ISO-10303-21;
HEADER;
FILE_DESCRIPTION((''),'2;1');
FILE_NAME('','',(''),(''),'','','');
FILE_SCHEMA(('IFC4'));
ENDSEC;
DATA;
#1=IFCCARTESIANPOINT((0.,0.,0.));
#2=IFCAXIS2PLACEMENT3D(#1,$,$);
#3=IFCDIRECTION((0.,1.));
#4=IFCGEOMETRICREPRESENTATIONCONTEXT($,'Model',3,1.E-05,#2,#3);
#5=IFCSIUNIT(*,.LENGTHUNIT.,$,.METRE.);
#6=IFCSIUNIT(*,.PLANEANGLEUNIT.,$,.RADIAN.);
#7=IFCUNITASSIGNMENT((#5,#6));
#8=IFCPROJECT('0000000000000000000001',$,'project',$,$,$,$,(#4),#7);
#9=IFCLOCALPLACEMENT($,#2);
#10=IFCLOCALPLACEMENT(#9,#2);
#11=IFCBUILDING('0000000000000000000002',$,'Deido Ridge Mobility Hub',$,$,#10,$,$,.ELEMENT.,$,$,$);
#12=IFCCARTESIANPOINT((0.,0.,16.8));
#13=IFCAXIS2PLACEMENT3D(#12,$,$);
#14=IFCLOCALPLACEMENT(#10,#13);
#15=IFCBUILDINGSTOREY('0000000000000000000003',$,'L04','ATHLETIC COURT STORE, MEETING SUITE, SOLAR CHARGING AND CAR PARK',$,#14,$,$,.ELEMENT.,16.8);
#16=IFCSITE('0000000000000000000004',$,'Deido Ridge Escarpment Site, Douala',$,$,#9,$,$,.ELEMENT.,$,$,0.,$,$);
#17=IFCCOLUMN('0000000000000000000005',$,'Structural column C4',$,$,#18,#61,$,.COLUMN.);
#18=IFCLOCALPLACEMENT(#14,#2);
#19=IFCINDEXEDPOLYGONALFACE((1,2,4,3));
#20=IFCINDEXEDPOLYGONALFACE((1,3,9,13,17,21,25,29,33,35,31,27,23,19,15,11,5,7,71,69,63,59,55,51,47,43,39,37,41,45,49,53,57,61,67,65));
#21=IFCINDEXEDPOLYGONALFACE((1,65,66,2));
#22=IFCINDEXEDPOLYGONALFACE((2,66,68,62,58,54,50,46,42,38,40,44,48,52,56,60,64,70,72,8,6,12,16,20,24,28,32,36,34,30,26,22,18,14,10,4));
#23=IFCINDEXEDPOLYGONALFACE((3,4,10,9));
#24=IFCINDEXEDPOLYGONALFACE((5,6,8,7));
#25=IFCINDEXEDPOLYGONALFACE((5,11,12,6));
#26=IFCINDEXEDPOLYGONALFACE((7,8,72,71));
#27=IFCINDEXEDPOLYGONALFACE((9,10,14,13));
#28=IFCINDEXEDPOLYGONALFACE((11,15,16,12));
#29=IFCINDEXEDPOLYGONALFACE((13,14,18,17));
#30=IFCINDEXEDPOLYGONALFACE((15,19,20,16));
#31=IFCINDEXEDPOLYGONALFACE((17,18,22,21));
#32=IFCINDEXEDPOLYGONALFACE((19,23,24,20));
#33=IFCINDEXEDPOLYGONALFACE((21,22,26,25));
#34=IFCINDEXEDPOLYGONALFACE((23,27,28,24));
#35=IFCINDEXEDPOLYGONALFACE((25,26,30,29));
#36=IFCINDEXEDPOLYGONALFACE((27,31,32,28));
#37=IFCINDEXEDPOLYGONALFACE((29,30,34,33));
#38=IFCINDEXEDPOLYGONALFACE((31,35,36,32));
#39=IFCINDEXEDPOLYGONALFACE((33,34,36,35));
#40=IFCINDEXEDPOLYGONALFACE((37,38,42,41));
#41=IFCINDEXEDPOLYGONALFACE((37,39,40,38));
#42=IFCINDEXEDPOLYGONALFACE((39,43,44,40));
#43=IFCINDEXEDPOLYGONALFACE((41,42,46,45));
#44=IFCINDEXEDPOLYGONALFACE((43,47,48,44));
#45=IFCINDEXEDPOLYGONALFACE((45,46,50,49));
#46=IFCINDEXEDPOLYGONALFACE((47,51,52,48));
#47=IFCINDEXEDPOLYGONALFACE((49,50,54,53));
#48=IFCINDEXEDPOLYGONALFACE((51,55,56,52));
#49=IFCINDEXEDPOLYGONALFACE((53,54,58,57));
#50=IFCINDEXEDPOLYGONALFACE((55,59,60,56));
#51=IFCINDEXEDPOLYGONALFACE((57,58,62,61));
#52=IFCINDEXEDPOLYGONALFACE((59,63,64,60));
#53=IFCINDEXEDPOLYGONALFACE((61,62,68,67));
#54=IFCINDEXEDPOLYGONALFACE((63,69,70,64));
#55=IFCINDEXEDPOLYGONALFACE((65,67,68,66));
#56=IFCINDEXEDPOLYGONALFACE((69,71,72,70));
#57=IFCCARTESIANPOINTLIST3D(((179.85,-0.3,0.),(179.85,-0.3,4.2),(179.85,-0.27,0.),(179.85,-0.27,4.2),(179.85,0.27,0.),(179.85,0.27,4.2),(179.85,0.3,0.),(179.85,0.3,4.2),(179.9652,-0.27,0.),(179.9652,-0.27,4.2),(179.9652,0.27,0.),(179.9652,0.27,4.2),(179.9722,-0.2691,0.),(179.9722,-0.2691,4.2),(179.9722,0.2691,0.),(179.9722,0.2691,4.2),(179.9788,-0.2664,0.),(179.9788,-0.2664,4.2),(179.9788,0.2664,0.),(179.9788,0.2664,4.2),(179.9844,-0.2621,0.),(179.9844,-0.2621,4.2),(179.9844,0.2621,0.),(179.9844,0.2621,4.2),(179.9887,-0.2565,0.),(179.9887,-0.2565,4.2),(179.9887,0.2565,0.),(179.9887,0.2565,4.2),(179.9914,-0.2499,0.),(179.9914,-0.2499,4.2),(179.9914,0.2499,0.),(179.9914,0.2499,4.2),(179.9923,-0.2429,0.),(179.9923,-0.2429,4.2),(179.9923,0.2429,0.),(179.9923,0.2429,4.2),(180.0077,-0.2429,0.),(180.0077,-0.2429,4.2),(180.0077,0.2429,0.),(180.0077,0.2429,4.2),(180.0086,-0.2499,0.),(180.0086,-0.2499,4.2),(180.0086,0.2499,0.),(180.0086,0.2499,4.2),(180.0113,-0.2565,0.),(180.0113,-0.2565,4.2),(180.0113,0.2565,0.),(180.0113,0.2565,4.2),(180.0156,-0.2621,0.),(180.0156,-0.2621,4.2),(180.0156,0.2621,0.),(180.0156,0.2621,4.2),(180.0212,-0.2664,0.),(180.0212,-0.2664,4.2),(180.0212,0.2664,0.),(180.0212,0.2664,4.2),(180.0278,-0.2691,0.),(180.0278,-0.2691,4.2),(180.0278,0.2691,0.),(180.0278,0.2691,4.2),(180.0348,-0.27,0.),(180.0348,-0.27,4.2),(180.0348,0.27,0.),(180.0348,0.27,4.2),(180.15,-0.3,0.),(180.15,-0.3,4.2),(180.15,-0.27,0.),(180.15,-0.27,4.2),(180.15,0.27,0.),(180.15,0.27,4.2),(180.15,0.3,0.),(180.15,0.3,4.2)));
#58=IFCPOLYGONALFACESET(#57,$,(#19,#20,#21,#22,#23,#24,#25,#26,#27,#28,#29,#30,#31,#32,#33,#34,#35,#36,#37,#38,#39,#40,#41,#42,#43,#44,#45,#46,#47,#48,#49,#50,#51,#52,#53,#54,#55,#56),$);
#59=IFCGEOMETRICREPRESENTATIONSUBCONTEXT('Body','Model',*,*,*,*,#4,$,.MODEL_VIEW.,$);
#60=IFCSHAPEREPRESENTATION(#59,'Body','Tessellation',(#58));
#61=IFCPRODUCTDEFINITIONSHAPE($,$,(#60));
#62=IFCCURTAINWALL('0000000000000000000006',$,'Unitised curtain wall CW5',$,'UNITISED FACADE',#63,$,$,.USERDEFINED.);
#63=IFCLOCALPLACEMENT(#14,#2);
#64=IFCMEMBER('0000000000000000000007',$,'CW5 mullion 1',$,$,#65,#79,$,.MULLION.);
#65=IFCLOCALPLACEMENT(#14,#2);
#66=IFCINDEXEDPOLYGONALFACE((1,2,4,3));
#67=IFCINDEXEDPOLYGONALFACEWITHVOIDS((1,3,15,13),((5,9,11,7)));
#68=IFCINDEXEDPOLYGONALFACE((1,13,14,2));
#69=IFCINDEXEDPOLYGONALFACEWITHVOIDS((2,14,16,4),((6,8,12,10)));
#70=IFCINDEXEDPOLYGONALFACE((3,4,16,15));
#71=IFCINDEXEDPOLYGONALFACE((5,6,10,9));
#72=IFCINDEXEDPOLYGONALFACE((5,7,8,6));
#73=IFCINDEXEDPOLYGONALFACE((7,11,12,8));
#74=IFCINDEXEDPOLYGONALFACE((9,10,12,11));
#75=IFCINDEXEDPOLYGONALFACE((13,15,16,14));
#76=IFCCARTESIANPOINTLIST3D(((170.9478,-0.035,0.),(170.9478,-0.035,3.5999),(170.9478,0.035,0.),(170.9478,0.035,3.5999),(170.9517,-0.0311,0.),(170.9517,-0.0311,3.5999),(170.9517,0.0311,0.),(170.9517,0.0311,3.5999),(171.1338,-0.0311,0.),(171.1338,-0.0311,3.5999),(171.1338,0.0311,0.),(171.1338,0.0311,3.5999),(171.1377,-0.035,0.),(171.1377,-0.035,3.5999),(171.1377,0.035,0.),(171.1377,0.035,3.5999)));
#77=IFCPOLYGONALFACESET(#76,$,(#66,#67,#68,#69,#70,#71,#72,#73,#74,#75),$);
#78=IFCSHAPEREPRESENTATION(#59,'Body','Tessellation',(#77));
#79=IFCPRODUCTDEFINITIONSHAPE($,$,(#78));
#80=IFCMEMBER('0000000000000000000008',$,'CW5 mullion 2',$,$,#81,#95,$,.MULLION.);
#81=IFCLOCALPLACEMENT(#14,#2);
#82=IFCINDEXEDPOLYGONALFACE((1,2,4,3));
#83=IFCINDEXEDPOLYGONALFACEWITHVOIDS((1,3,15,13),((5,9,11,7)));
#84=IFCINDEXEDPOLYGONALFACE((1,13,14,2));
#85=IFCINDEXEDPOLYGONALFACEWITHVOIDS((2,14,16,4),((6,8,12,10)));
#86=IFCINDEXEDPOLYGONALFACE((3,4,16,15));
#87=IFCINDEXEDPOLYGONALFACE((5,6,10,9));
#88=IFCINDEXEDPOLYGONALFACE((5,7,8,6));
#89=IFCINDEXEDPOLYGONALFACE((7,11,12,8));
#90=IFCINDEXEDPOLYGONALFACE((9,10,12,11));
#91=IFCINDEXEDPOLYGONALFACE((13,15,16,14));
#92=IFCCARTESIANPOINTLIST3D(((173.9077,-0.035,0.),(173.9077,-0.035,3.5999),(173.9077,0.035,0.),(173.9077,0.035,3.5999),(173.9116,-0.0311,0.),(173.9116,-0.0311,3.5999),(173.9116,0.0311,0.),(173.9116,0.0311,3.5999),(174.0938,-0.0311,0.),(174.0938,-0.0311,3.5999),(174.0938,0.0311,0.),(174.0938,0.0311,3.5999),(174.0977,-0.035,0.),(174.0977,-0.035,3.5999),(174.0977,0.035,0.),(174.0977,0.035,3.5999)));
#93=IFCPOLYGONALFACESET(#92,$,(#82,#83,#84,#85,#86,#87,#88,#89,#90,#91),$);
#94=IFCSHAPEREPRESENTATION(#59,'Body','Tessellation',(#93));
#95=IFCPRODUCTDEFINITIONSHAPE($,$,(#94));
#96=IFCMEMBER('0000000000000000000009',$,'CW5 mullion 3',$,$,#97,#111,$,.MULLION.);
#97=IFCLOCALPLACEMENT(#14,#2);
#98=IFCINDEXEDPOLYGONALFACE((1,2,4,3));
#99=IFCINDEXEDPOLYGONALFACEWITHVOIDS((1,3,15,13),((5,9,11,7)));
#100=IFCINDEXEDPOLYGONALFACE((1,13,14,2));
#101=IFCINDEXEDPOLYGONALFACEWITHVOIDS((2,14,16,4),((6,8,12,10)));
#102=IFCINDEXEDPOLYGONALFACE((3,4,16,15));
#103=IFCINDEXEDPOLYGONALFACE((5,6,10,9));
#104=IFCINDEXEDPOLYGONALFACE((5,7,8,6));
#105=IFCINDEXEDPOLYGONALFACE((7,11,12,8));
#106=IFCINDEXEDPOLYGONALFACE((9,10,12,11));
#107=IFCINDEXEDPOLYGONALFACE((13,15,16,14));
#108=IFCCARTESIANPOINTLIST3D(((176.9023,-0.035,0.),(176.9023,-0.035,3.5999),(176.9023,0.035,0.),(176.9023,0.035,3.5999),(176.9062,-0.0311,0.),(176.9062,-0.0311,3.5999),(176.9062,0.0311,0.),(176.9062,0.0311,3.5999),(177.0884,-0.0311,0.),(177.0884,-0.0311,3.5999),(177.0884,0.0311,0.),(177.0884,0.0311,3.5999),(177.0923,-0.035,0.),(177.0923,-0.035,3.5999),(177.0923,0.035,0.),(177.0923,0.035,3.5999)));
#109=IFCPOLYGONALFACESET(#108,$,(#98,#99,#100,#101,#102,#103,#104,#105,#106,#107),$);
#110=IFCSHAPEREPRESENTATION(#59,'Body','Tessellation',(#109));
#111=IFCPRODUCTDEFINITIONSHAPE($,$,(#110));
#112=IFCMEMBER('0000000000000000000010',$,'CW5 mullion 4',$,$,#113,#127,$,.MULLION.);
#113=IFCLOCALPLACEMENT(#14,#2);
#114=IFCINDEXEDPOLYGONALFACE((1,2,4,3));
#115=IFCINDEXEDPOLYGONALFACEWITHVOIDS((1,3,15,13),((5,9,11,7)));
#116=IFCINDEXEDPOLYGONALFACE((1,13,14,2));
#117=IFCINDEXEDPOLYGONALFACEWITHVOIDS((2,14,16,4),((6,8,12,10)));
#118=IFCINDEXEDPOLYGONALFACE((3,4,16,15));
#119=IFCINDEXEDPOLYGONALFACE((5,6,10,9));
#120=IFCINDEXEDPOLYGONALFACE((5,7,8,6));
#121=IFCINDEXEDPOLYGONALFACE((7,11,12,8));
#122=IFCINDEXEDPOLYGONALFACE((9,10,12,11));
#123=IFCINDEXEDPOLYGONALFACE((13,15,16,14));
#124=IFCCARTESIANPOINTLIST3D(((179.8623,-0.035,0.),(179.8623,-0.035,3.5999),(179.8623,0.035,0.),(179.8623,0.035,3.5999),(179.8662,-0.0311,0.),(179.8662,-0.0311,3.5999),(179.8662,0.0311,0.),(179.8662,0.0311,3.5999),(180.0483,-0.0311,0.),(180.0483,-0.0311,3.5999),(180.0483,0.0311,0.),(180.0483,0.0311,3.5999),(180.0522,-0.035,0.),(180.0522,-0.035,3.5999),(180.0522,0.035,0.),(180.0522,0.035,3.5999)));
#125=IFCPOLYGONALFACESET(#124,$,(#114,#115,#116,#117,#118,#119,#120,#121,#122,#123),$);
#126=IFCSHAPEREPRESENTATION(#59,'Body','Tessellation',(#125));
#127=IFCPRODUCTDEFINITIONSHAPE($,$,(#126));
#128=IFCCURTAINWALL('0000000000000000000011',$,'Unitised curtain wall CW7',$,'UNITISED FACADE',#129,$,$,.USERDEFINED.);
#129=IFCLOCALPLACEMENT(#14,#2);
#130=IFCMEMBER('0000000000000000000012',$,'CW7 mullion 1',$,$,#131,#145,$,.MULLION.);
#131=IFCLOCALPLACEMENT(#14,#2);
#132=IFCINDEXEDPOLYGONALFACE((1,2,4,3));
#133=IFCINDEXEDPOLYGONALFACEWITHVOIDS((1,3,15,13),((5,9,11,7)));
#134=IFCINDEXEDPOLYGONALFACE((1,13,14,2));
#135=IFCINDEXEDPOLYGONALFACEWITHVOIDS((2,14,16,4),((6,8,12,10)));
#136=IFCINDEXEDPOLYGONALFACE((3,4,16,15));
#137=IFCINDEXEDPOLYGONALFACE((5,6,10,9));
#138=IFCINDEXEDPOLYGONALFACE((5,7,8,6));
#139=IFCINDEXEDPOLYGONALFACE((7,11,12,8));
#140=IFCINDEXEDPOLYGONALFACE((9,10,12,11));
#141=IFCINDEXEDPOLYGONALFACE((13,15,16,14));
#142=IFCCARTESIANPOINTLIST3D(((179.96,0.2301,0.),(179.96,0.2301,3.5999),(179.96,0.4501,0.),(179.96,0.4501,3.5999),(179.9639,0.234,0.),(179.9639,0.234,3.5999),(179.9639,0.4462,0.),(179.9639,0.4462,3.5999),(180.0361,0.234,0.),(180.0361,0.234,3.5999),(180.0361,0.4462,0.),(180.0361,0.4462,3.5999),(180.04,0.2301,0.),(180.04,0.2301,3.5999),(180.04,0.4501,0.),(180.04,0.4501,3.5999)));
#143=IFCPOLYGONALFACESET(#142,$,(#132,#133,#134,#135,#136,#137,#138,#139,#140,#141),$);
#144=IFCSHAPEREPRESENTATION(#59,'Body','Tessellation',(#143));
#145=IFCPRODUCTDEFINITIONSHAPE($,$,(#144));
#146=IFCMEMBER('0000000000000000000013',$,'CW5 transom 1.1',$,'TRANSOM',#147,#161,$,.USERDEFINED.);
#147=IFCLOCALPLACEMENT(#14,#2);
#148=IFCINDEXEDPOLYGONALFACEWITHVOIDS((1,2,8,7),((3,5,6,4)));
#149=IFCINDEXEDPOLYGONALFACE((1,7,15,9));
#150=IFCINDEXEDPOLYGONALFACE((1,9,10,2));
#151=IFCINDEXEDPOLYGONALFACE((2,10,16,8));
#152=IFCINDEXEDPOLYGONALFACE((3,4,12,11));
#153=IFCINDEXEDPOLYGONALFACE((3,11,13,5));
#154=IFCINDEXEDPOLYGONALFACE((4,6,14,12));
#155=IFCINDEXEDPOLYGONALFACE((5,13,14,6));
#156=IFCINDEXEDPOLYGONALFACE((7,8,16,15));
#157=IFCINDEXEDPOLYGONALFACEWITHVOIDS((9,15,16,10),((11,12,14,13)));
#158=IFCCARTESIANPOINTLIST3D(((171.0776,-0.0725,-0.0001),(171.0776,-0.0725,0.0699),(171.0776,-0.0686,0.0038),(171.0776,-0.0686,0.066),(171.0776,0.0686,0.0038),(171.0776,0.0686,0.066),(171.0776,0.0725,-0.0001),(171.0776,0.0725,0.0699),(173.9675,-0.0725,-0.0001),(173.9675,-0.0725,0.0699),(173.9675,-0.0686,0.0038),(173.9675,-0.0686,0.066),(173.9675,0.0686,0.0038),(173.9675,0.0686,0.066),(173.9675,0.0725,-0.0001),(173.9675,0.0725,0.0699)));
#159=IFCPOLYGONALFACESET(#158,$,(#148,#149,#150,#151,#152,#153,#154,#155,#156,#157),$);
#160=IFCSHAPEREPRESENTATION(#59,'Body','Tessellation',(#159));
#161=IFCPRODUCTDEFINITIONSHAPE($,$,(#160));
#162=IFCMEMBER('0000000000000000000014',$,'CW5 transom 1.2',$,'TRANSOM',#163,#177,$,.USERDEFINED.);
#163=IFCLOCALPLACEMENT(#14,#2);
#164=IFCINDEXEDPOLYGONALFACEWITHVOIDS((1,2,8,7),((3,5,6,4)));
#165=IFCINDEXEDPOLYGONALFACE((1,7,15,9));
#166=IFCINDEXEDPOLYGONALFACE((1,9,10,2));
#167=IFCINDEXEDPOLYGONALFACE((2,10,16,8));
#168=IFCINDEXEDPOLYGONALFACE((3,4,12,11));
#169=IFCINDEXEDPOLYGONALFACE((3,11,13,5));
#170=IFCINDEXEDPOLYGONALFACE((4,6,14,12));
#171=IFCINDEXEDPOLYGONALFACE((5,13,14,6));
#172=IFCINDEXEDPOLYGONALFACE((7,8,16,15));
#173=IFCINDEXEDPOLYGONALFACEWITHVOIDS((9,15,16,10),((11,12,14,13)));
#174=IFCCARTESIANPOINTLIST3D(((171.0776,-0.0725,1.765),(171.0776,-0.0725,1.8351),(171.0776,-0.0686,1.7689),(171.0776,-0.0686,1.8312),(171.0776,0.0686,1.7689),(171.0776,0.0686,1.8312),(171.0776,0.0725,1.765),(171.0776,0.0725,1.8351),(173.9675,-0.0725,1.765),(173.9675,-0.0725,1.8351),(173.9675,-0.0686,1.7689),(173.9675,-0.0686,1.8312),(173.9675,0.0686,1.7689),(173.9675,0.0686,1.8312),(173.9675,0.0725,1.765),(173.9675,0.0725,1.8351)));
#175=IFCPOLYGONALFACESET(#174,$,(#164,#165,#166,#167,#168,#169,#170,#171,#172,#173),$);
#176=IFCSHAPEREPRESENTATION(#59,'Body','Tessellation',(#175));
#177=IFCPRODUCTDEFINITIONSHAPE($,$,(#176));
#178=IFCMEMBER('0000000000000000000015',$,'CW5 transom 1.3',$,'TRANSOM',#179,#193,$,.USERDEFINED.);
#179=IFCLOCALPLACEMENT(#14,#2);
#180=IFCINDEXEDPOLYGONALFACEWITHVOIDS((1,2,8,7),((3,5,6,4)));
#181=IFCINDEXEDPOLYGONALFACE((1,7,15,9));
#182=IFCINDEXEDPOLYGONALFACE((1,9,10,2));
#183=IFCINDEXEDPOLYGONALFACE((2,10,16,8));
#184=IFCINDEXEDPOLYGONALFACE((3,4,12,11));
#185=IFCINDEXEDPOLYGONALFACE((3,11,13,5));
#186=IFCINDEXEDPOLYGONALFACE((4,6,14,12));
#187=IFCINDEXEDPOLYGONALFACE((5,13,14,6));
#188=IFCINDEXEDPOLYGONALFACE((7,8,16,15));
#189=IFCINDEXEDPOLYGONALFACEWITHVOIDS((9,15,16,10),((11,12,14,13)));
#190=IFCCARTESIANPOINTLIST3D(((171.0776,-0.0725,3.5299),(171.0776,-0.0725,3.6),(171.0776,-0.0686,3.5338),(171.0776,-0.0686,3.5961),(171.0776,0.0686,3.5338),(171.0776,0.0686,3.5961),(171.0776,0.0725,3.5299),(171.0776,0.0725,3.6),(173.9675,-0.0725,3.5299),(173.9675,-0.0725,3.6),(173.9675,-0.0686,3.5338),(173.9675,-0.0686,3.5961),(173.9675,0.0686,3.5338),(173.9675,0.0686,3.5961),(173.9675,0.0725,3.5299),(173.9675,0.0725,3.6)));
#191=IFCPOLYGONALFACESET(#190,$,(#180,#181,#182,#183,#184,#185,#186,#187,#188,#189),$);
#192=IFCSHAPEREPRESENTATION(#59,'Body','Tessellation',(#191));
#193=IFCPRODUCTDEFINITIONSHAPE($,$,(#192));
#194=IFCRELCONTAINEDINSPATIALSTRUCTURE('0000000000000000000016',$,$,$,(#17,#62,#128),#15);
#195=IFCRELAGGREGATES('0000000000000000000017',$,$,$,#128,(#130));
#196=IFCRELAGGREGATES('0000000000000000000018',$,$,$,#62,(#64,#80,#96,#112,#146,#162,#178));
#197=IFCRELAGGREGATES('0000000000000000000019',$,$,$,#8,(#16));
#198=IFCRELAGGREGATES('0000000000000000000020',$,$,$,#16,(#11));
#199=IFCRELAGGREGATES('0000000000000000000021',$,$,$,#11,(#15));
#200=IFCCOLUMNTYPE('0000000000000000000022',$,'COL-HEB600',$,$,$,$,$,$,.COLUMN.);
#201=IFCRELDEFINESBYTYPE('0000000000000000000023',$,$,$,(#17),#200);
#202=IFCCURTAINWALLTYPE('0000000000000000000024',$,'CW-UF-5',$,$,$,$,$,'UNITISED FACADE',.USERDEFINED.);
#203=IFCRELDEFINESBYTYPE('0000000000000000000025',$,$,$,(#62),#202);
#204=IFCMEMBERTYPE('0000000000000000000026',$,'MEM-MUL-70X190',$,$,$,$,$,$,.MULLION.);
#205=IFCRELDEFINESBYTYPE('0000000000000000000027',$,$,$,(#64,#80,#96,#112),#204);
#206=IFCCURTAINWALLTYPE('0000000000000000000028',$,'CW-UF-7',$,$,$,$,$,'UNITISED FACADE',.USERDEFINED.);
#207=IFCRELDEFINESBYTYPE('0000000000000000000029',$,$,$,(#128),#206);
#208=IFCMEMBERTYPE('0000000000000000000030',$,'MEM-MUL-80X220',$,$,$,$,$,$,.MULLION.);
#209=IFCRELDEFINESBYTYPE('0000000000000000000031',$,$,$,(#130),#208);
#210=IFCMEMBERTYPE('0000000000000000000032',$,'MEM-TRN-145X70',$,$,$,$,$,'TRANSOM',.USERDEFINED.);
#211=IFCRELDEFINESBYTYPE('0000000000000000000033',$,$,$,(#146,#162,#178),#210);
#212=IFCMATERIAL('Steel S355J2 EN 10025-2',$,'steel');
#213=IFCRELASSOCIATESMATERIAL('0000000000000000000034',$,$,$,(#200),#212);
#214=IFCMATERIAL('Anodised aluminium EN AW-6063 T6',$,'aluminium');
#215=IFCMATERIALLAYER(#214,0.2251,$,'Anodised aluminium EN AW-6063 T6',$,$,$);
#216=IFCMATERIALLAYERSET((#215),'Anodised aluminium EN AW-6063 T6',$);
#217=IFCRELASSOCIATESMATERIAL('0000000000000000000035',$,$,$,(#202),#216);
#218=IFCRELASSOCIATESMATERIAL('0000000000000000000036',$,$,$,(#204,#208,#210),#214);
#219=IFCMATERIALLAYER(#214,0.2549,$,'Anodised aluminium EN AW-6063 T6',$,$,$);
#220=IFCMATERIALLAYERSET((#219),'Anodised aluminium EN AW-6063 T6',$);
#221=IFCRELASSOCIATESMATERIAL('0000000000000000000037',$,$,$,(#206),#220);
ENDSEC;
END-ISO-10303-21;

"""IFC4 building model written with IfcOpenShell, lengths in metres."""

from ifc_helpers import new_model, si_unit, direction, frame, origin, origin_2d, place, context, subcontext, project, spatial, hollow_rectangle, i_section, extrude, material, layer, layer_set, material_profile, profile_set, type_object, element, aggregate, save


model = new_model("IFC4")

# Units and contexts
model_context = context("Model", 3, precision=1e-05, world=origin(), true_north=direction((0.0, 1.0)))
body_context = subcontext(model_context, "Body", "Model", "MODEL_VIEW")
ifc_project = project(units=[si_unit("LENGTHUNIT", "METRE"), si_unit("PLANEANGLEUNIT", "RADIAN")], contexts=[model_context])

# Site, building, storey
site_placement = place(None, origin())
site = spatial("IfcSite", under=ifc_project, at=site_placement, Name="Deido Ridge Escarpment Site, Douala", CompositionType="ELEMENT", RefElevation=0.0)
building_placement = place(site_placement, origin())
building = spatial("IfcBuilding", under=site, at=building_placement, Name="Deido Ridge Mobility Hub", CompositionType="ELEMENT")
storey_placement = place(building_placement, frame((0.0, 0.0, 16.8)))
storey = spatial("IfcBuildingStorey", under=building, at=storey_placement, Name="L04", Description="ATHLETIC COURT STORE, MEETING SUITE, SOLAR CHARGING AND CAR PARK", CompositionType="ELEMENT", Elevation=16.8)

# Column
ifc_material_1 = material(Name="Steel S355J2 EN 10025-2", Category="steel")
ifc_material_profile_1 = material_profile(ifc_material_1, i_section(OverallWidth=0.3, OverallDepth=0.6001, WebThickness=0.0154, FlangeThickness=0.03, FilletRadius=0.0271, at=origin_2d()), Name="HEB 600")
ifc_profile_set_1 = profile_set([ifc_material_profile_1], Name="Steel S355J2 EN 10025-2")
column_type = type_object("IfcColumnType", Name="COL-HEB600", PredefinedType="COLUMN", material=ifc_profile_set_1)
column_placement = place(storey_placement, frame((180.0, 0.0, 0.0), z_axis=(0.0, 0.0, 1.0), x_axis=(1.0, 0.0, 0.0)))
element("IfcColumn", 1, at=column_placement, inside=storey, type_object=column_type, Name="Structural column C4", PredefinedType="COLUMN", context=body_context, shape_type="SweptSolid", body=[
    extrude(i_section(OverallWidth=0.3, OverallDepth=0.6001, WebThickness=0.0154, FlangeThickness=0.03, FilletRadius=0.0271, at=origin_2d()), origin(), (0.0, 0.0, 1.0), 4.2),
])

# Curtain wall, members
ifc_material_2 = material(Name="Anodised aluminium EN AW-6063 T6", Category="aluminium")
ifc_layer_1 = layer(ifc_material_2, 0.2251, Name="Anodised aluminium EN AW-6063 T6")
ifc_layer_set_1 = layer_set([ifc_layer_1], Name="Anodised aluminium EN AW-6063 T6")
curtain_wall_type_1 = type_object("IfcCurtainWallType", Name="CW-UF-5", ElementType="UNITISED FACADE", PredefinedType="USERDEFINED", material=ifc_layer_set_1)
curtain_wall_1_placement = place(storey_placement, origin())
curtain_wall_1 = element("IfcCurtainWall", 2, at=curtain_wall_1_placement, inside=storey, type_object=curtain_wall_type_1, Name="Unitised curtain wall CW5", ObjectType="UNITISED FACADE", PredefinedType="USERDEFINED")
ifc_material_profile_2 = material_profile(ifc_material_2, hollow_rectangle(XDim=0.0701, YDim=0.1899, WallThickness=0.0039, at=origin_2d()), Name="RHS 70x190x4")
ifc_profile_set_2 = profile_set([ifc_material_profile_2], Name="Anodised aluminium EN AW-6063 T6")
member_type_1 = type_object("IfcMemberType", Name="MEM-MUL-70X190", PredefinedType="MULLION", material=ifc_profile_set_2)
member_1_placement = place(storey_placement, frame((171.0427, 0.0, 0.0), z_axis=(0.0, 0.0, 1.0), x_axis=(0.0, 1.0, 0.0)))
member_1 = element("IfcMember", 3, at=member_1_placement, type_object=member_type_1, Name="CW5 mullion 1", PredefinedType="MULLION", context=body_context, shape_type="SweptSolid", body=[
    extrude(hollow_rectangle(XDim=0.0701, YDim=0.1899, WallThickness=0.0039, at=origin_2d()), origin(), (0.0, 0.0, 1.0), 3.5999),
])
member_2_placement = place(storey_placement, frame((174.0027, 0.0, 0.0), z_axis=(0.0, 0.0, 1.0), x_axis=(0.0, 1.0, 0.0)))
member_2 = element("IfcMember", 4, at=member_2_placement, type_object=member_type_1, Name="CW5 mullion 2", PredefinedType="MULLION", context=body_context, shape_type="SweptSolid", body=[
    extrude(hollow_rectangle(XDim=0.0701, YDim=0.1899, WallThickness=0.0039, at=origin_2d()), origin(), (0.0, 0.0, 1.0), 3.5999),
])
member_3_placement = place(storey_placement, frame((176.9973, 0.0, 0.0), z_axis=(0.0, 0.0, 1.0), x_axis=(0.0, 1.0, 0.0)))
member_3 = element("IfcMember", 5, at=member_3_placement, type_object=member_type_1, Name="CW5 mullion 3", PredefinedType="MULLION", context=body_context, shape_type="SweptSolid", body=[
    extrude(hollow_rectangle(XDim=0.0701, YDim=0.1899, WallThickness=0.0039, at=origin_2d()), origin(), (0.0, 0.0, 1.0), 3.5999),
])
member_4_placement = place(storey_placement, frame((179.9573, 0.0, 0.0), z_axis=(0.0, 0.0, 1.0), x_axis=(0.0, 1.0, 0.0)))
member_4 = element("IfcMember", 6, at=member_4_placement, type_object=member_type_1, Name="CW5 mullion 4", PredefinedType="MULLION", context=body_context, shape_type="SweptSolid", body=[
    extrude(hollow_rectangle(XDim=0.0701, YDim=0.1899, WallThickness=0.0039, at=origin_2d()), origin(), (0.0, 0.0, 1.0), 3.5999),
])

# Curtain wall, member
ifc_layer_2 = layer(ifc_material_2, 0.2549, Name="Anodised aluminium EN AW-6063 T6")
ifc_layer_set_2 = layer_set([ifc_layer_2], Name="Anodised aluminium EN AW-6063 T6")
curtain_wall_type_2 = type_object("IfcCurtainWallType", Name="CW-UF-7", ElementType="UNITISED FACADE", PredefinedType="USERDEFINED", material=ifc_layer_set_2)
curtain_wall_2_placement = place(storey_placement, origin())
curtain_wall_2 = element("IfcCurtainWall", 7, at=curtain_wall_2_placement, inside=storey, type_object=curtain_wall_type_2, Name="Unitised curtain wall CW7", ObjectType="UNITISED FACADE", PredefinedType="USERDEFINED")
ifc_material_profile_3 = material_profile(ifc_material_2, hollow_rectangle(XDim=0.0801, YDim=0.22, WallThickness=0.0039, at=origin_2d()), Name="RHS 80x220x4")
ifc_profile_set_3 = profile_set([ifc_material_profile_3], Name="Anodised aluminium EN AW-6063 T6")
member_type_2 = type_object("IfcMemberType", Name="MEM-MUL-80X220", PredefinedType="MULLION", material=ifc_profile_set_3)
member_5_placement = place(storey_placement, frame((180.0, 0.3401, 0.0), z_axis=(0.0, 0.0, 1.0), x_axis=(-1.0, 0.0, 0.0)))
member_5 = element("IfcMember", 8, at=member_5_placement, type_object=member_type_2, Name="CW7 mullion 1", PredefinedType="MULLION", context=body_context, shape_type="SweptSolid", body=[
    extrude(hollow_rectangle(XDim=0.0801, YDim=0.22, WallThickness=0.0039, at=origin_2d()), origin(), (0.0, 0.0, 1.0), 3.5999),
])

# Members
ifc_material_profile_4 = material_profile(ifc_material_2, hollow_rectangle(XDim=0.145, YDim=0.0701, WallThickness=0.0039, at=origin_2d()), Name="RHS 145x70x4")
ifc_profile_set_4 = profile_set([ifc_material_profile_4], Name="Anodised aluminium EN AW-6063 T6")
member_type_3 = type_object("IfcMemberType", Name="MEM-TRN-145X70", ElementType="TRANSOM", PredefinedType="USERDEFINED", material=ifc_profile_set_4)
member_6_placement = place(storey_placement, frame((171.0776, 0.0, 0.0349), z_axis=(1.0, 0.0, 0.0), x_axis=(0.0, 1.0, 0.0)))
member_6 = element("IfcMember", 9, at=member_6_placement, type_object=member_type_3, Name="CW5 transom 1.1", ObjectType="TRANSOM", PredefinedType="USERDEFINED", context=body_context, shape_type="SweptSolid", body=[
    extrude(hollow_rectangle(XDim=0.145, YDim=0.0701, WallThickness=0.0039, at=origin_2d()), origin(), (0.0, 0.0, 1.0), 2.8899),
])
member_7_placement = place(storey_placement, frame((171.0776, 0.0, 1.8), z_axis=(1.0, 0.0, 0.0), x_axis=(0.0, 1.0, 0.0)))
member_7 = element("IfcMember", 10, at=member_7_placement, type_object=member_type_3, Name="CW5 transom 1.2", ObjectType="TRANSOM", PredefinedType="USERDEFINED", context=body_context, shape_type="SweptSolid", body=[
    extrude(hollow_rectangle(XDim=0.145, YDim=0.0701, WallThickness=0.0039, at=origin_2d()), origin(), (0.0, 0.0, 1.0), 2.8899),
])
member_8_placement = place(storey_placement, frame((171.0776, 0.0, 3.5649), z_axis=(1.0, 0.0, 0.0), x_axis=(0.0, 1.0, 0.0)))
member_8 = element("IfcMember", 11, at=member_8_placement, type_object=member_type_3, Name="CW5 transom 1.3", ObjectType="TRANSOM", PredefinedType="USERDEFINED", context=body_context, shape_type="SweptSolid", body=[
    extrude(hollow_rectangle(XDim=0.145, YDim=0.0701, WallThickness=0.0039, at=origin_2d()), origin(), (0.0, 0.0, 1.0), 2.8899),
])
aggregate(curtain_wall_2, [member_5])

aggregate(curtain_wall_1, [member_1, member_2, member_3, member_4, member_6, member_7, member_8])

save(model, "model.ifc")
